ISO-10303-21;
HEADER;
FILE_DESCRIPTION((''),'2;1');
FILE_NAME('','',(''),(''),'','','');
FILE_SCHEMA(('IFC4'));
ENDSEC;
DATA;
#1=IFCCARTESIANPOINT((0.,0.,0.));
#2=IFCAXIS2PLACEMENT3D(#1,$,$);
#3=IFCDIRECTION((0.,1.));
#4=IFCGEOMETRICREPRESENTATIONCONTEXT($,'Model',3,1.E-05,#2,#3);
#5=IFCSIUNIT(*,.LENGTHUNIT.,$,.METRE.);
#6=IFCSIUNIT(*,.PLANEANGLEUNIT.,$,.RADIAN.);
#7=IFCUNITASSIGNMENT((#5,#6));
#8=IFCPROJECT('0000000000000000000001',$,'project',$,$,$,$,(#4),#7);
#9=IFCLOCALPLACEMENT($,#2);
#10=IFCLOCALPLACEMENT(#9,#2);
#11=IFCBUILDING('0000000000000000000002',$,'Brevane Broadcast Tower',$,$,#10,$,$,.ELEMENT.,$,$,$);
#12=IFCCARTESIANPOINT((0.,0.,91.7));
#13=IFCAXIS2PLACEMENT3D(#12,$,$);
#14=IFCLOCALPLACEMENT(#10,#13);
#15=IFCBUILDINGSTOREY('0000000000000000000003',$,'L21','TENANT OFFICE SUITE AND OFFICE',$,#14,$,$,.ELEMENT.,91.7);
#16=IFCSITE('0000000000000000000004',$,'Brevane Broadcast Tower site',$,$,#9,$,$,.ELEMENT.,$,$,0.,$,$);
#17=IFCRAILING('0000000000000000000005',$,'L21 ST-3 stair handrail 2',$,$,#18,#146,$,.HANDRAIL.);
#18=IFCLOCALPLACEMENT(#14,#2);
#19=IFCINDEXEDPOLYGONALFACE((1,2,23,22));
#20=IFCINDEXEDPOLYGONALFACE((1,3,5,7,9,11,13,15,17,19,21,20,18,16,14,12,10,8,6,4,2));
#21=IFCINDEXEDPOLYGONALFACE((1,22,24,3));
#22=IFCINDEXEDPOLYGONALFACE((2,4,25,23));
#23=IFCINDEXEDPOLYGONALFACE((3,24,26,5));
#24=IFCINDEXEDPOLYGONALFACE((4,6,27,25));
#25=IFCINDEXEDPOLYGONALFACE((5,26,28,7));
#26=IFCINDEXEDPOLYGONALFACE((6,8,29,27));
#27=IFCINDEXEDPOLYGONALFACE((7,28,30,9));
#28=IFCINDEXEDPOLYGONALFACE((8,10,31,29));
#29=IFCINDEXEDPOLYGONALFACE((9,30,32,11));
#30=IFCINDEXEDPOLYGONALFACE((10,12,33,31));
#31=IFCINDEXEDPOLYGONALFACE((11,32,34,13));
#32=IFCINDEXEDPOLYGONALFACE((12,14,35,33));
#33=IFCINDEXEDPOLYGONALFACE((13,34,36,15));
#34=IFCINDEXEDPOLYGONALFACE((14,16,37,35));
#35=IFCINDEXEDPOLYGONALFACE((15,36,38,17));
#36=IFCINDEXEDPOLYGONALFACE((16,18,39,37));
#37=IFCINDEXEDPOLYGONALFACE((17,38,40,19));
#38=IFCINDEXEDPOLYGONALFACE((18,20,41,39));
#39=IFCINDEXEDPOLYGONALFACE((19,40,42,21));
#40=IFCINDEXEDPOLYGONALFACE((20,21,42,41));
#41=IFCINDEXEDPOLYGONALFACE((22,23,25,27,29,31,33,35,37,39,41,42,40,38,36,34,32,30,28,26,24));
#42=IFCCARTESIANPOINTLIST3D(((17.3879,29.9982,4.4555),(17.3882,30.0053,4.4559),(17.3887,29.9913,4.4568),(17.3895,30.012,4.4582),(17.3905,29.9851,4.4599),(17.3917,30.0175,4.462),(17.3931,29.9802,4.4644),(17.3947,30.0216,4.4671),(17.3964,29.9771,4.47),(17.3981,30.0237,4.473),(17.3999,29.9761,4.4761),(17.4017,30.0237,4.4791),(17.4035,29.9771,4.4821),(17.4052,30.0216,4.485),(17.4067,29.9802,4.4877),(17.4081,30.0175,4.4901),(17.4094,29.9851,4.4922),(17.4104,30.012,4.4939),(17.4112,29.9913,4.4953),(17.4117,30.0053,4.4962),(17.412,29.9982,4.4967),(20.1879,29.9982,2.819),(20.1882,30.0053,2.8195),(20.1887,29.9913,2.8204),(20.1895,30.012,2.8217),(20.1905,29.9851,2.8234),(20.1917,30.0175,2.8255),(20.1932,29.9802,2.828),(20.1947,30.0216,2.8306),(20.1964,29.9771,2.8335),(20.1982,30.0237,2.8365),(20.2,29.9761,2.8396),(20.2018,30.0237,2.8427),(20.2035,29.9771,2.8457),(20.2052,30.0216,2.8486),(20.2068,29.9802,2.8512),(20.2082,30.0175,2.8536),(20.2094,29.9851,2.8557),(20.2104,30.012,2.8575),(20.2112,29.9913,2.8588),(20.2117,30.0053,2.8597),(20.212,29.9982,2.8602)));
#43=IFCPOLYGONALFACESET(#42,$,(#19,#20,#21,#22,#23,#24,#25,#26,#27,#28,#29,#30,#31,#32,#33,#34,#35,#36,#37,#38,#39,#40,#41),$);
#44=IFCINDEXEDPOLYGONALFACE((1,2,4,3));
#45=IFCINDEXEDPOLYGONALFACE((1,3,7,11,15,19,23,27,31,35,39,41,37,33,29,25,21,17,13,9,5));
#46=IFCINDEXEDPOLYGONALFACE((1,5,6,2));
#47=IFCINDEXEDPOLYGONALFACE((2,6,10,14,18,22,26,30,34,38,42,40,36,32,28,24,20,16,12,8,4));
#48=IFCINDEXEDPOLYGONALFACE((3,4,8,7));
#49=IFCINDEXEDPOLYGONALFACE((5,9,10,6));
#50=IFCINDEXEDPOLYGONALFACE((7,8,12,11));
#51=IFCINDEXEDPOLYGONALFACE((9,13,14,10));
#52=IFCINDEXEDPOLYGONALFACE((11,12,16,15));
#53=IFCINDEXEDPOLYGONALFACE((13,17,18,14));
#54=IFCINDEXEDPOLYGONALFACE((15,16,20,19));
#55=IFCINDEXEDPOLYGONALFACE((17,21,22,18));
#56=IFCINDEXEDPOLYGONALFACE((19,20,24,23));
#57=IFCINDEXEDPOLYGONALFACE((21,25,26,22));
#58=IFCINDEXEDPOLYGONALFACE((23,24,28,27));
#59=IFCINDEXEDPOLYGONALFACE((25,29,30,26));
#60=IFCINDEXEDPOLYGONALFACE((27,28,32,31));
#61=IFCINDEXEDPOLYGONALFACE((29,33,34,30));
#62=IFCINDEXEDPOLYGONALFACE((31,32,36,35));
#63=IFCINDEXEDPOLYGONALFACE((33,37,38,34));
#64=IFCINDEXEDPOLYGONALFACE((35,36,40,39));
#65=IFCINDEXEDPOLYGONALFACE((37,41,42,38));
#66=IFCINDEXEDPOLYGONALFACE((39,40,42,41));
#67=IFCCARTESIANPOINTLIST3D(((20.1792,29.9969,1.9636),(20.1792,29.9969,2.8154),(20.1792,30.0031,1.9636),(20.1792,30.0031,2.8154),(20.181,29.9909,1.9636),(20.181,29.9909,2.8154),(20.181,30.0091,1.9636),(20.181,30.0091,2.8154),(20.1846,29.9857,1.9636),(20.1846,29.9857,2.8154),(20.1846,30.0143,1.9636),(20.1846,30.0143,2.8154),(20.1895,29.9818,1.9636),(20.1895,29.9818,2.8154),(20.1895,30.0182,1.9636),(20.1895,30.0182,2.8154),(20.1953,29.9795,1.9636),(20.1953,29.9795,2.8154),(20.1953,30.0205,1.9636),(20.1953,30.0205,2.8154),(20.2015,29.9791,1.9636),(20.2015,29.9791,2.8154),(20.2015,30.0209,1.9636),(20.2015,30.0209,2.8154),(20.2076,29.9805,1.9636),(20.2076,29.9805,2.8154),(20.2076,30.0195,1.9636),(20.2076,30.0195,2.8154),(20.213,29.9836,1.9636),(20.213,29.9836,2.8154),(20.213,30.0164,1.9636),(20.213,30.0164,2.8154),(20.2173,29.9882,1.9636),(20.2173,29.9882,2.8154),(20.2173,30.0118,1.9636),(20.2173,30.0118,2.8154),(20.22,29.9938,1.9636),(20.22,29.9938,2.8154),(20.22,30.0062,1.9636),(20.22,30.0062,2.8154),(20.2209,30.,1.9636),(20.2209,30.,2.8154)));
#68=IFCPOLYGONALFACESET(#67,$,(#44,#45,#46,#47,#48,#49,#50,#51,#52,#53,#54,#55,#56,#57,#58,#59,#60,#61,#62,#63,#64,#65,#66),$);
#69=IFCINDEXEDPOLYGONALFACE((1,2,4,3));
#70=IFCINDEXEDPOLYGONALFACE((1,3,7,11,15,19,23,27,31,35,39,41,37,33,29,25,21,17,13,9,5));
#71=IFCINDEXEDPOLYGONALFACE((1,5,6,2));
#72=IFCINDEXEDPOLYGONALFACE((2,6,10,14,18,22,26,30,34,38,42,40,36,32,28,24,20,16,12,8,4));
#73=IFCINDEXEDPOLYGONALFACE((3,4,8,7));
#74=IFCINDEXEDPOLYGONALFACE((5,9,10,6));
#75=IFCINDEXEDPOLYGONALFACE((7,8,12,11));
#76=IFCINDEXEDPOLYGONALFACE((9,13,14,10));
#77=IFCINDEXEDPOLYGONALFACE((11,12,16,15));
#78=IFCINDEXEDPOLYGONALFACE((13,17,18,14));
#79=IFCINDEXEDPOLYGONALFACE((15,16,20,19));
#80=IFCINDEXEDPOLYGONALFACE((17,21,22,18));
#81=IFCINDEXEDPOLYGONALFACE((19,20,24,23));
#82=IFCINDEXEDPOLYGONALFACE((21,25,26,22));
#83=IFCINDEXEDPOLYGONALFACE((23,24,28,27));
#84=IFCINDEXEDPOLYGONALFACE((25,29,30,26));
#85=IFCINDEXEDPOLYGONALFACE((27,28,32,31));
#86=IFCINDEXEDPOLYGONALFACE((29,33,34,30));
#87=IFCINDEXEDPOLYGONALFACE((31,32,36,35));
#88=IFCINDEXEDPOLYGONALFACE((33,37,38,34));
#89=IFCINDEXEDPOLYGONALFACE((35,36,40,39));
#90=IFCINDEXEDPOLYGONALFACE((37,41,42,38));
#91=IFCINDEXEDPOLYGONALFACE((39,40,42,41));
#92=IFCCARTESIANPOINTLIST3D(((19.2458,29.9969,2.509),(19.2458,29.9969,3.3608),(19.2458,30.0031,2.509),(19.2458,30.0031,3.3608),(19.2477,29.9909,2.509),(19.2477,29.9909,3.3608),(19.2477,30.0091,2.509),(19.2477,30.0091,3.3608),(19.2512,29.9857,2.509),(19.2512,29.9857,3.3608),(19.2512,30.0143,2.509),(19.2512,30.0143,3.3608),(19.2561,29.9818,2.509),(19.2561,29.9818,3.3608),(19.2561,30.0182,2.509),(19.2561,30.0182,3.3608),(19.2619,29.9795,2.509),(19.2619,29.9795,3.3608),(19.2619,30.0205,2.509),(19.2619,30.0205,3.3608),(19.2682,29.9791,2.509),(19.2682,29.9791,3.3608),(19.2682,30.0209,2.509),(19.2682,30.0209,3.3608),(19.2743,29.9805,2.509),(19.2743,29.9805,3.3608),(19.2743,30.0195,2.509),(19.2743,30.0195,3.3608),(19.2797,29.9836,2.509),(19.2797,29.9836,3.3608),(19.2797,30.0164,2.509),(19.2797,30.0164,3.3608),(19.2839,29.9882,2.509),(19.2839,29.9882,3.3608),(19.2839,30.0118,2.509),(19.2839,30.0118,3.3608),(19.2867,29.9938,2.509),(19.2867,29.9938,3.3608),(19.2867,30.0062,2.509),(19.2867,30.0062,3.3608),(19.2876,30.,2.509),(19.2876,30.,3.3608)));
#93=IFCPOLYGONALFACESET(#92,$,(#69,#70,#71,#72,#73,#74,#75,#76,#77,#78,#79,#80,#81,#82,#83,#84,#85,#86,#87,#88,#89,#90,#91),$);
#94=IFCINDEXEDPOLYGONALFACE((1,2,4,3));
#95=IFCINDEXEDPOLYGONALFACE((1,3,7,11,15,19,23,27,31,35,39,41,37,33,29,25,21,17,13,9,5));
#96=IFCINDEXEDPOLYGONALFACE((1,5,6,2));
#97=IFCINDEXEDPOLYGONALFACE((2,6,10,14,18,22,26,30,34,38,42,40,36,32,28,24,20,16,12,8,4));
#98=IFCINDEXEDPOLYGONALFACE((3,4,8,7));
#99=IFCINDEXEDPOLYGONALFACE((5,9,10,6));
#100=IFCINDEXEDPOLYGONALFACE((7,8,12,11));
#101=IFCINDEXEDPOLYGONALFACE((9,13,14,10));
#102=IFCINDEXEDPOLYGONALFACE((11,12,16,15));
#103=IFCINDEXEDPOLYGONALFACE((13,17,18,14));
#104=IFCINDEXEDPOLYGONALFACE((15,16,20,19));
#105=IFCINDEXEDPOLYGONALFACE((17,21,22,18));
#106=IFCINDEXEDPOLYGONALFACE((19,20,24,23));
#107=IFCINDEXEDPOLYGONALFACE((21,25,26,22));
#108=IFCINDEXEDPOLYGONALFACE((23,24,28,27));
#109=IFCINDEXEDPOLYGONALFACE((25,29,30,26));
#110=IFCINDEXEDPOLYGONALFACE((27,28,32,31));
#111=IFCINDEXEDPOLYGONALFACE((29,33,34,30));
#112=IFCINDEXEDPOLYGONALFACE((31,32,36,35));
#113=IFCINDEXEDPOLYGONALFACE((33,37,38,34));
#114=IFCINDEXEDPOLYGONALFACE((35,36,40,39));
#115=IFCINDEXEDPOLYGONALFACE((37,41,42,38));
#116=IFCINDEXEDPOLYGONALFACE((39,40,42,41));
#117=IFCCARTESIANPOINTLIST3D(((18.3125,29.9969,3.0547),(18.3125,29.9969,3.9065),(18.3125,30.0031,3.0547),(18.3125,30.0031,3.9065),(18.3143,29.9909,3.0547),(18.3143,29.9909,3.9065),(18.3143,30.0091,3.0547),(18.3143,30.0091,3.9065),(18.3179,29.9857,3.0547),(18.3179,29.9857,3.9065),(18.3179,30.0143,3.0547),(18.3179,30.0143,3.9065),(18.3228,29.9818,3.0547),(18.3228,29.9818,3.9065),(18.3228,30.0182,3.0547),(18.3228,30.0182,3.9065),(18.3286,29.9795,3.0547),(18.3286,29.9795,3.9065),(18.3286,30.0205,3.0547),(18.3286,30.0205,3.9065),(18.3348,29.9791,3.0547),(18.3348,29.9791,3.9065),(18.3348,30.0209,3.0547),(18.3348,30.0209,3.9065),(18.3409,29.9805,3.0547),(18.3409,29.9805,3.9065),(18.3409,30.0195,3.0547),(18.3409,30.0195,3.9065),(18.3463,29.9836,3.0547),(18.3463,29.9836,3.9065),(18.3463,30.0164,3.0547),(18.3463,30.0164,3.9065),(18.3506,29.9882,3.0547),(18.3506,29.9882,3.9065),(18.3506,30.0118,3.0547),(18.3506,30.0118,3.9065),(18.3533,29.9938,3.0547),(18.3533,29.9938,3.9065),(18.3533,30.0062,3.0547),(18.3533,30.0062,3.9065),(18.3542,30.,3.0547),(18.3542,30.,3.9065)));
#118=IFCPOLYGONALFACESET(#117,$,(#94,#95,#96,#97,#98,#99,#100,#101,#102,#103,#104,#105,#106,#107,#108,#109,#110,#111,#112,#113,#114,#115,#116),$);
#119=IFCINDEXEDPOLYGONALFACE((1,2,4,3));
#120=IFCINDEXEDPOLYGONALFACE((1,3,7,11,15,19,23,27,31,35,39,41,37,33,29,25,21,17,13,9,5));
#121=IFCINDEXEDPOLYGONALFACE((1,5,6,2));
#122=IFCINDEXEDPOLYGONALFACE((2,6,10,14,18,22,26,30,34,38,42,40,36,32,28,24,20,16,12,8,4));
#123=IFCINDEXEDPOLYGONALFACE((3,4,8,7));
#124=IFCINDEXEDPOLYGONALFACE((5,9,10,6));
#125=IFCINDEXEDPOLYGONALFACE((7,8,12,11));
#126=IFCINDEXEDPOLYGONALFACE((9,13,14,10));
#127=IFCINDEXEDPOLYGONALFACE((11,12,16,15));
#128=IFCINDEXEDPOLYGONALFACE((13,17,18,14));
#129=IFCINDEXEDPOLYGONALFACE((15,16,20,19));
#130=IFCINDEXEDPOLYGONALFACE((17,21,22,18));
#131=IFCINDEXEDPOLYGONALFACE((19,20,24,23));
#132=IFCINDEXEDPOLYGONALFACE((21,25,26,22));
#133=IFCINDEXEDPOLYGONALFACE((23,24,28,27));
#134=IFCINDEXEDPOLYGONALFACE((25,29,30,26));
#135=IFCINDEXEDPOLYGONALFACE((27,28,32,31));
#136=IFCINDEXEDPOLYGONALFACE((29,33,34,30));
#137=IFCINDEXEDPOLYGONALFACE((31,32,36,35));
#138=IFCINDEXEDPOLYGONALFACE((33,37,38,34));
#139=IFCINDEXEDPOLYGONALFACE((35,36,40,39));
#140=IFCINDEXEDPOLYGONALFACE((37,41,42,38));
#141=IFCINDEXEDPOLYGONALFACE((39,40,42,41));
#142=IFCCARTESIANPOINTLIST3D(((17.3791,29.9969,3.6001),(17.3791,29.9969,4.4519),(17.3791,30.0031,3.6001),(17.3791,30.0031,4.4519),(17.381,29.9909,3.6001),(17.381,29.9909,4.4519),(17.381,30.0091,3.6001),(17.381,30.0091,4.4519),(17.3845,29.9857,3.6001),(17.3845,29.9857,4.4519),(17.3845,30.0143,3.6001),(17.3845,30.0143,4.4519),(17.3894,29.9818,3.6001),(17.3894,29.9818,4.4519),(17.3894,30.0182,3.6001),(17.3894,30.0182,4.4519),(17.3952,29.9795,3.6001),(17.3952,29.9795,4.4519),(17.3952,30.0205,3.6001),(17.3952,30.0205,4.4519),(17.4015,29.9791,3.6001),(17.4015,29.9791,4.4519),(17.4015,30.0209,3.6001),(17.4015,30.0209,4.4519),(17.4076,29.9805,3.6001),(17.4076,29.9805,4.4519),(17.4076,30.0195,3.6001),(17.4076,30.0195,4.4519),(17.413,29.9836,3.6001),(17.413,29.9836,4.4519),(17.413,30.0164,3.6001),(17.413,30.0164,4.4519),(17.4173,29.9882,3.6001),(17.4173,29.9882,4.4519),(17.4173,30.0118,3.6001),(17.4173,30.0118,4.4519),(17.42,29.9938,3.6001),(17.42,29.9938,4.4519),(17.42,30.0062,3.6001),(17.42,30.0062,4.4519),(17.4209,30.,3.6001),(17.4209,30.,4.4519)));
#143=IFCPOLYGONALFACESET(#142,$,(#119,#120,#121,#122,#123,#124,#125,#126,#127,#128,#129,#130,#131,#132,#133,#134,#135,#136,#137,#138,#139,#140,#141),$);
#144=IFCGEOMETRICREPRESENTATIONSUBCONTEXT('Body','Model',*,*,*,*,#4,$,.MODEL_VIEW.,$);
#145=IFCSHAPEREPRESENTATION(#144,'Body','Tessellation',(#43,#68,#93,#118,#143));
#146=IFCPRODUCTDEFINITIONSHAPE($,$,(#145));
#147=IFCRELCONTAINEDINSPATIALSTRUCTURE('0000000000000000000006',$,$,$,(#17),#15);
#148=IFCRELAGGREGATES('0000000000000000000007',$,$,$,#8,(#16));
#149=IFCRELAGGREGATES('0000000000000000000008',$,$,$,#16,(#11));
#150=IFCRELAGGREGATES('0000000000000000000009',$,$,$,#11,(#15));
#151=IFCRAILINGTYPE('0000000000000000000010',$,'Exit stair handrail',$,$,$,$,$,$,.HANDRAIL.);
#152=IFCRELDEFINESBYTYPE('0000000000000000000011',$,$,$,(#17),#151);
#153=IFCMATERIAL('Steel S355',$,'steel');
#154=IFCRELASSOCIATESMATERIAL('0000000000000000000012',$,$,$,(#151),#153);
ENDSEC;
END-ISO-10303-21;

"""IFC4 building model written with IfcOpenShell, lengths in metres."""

from ifc_helpers import new_model, si_unit, direction, frame, origin, origin_2d, place, context, subcontext, project, spatial, circle, extrude, material, type_object, element, save


model = new_model("IFC4")

# Units and contexts
model_context = context("Model", 3, precision=1e-05, world=origin(), true_north=direction((0.0, 1.0)))
body_context = subcontext(model_context, "Body", "Model", "MODEL_VIEW")
ifc_project = project(units=[si_unit("LENGTHUNIT", "METRE"), si_unit("PLANEANGLEUNIT", "RADIAN")], contexts=[model_context])

# Site, building, storey
site_placement = place(None, origin())
site = spatial("IfcSite", under=ifc_project, at=site_placement, Name="Brevane Broadcast Tower site", CompositionType="ELEMENT", RefElevation=0.0)
building_placement = place(site_placement, origin())
building = spatial("IfcBuilding", under=site, at=building_placement, Name="Brevane Broadcast Tower", CompositionType="ELEMENT")
storey_placement = place(building_placement, frame((0.0, 0.0, 91.7)))
storey = spatial("IfcBuildingStorey", under=building, at=storey_placement, Name="L21", Description="TENANT OFFICE SUITE AND OFFICE", CompositionType="ELEMENT", Elevation=91.7)

# Railing
ifc_material_1 = material(Name="Steel S355", Category="steel")
railing_type_1 = type_object("IfcRailingType", Name="Exit stair handrail", PredefinedType="HANDRAIL", material=ifc_material_1)
railing_1_placement = place(storey_placement, frame((20.2, 30.0, 1.9636)))
element("IfcRailing", 1, at=railing_1_placement, inside=storey, type_object=railing_type_1, Name="L21 ST-3 stair handrail 2", PredefinedType="HANDRAIL", context=body_context, shape_type="SweptSolid", body=[
    extrude(circle(Radius=0.0239, at=origin_2d()), frame((0.0, 0.0, 0.876), z_axis=(-0.863361, 0.0, 0.504587), x_axis=(0.0, -1.0, 0.0)), (0.0, 0.0, 1.0), 3.2432),
    extrude(circle(Radius=0.021, at=origin_2d()), origin(), (0.0, 0.0, 1.0), 0.8518),
    extrude(circle(Radius=0.021, at=origin_2d()), frame((-0.9333, 0.0, 0.5454)), (0.0, 0.0, 1.0), 0.8518),
    extrude(circle(Radius=0.021, at=origin_2d()), frame((-1.8667, 0.0, 1.0911)), (0.0, 0.0, 1.0), 0.8518),
    extrude(circle(Radius=0.021, at=origin_2d()), frame((-2.8, 0.0, 1.6365)), (0.0, 0.0, 1.0), 0.8518),
])

save(model, "model.ifc")
